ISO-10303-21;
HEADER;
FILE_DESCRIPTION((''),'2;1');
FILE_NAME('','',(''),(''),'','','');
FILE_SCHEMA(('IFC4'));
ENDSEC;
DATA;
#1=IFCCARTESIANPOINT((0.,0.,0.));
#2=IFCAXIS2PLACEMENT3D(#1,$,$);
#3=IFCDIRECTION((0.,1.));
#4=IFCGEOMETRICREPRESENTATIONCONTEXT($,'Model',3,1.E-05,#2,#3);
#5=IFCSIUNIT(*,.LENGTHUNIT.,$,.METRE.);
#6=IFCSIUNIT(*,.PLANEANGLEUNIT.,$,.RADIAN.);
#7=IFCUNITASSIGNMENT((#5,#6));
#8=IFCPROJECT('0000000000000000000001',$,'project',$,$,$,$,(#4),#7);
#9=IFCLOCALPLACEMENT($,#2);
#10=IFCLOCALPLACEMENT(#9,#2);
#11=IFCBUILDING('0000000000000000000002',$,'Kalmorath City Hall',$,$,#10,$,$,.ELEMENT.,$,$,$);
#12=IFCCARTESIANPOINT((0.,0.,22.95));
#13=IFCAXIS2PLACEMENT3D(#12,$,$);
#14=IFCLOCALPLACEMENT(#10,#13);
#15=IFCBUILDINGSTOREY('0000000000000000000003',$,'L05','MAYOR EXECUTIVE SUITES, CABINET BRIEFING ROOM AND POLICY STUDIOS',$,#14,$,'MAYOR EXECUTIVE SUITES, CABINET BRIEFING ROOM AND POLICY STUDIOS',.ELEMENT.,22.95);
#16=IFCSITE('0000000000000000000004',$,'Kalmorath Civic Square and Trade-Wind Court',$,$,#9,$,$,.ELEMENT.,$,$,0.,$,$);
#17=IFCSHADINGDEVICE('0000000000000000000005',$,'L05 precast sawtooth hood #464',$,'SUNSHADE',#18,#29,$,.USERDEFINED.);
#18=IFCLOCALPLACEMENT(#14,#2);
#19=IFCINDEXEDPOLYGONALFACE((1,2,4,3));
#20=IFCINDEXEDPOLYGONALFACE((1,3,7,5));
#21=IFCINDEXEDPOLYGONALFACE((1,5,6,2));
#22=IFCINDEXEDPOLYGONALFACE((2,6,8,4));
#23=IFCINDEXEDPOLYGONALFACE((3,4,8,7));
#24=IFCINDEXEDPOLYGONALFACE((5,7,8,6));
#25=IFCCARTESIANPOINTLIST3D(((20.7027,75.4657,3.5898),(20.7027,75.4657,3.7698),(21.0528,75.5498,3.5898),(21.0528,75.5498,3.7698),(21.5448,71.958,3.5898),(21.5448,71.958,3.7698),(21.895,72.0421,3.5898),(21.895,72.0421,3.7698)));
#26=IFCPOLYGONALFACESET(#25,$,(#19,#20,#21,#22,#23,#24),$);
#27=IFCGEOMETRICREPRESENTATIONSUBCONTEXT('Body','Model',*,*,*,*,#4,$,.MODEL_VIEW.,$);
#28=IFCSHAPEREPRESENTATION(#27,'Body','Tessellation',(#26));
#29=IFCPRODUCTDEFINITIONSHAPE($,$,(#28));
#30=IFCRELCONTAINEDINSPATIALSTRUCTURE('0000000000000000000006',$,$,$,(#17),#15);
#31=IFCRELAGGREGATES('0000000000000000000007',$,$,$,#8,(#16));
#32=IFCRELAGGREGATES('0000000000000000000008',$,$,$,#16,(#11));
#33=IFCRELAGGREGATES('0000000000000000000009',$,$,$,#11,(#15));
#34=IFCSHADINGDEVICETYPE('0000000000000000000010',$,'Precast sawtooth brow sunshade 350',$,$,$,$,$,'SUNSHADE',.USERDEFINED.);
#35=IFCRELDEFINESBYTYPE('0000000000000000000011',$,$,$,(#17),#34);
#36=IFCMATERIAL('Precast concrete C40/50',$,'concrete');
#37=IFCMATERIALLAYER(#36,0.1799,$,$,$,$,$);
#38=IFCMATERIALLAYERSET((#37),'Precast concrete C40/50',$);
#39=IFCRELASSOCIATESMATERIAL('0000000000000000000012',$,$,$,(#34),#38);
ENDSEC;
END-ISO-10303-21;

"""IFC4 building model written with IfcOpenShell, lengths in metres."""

from ifc_helpers import new_model, si_unit, direction, frame, origin, origin_2d, place, context, subcontext, project, spatial, rectangle, extrude, material, layer, layer_set, type_object, element, save


model = new_model("IFC4")

# Units and contexts
model_context = context("Model", 3, precision=1e-05, world=origin(), true_north=direction((0.0, 1.0)))
body_context = subcontext(model_context, "Body", "Model", "MODEL_VIEW")
ifc_project = project(units=[si_unit("LENGTHUNIT", "METRE"), si_unit("PLANEANGLEUNIT", "RADIAN")], contexts=[model_context])

# Site, building, storey
site_placement = place(None, origin())
site = spatial("IfcSite", under=ifc_project, at=site_placement, Name="Kalmorath Civic Square and Trade-Wind Court", CompositionType="ELEMENT", RefElevation=0.0)
building_placement = place(site_placement, origin())
building = spatial("IfcBuilding", under=site, at=building_placement, Name="Kalmorath City Hall", CompositionType="ELEMENT")
storey_placement = place(building_placement, frame((0.0, 0.0, 22.95)))
storey = spatial("IfcBuildingStorey", under=building, at=storey_placement, Name="L05", Description="MAYOR EXECUTIVE SUITES, CABINET BRIEFING ROOM AND POLICY STUDIOS", LongName="MAYOR EXECUTIVE SUITES, CABINET BRIEFING ROOM AND POLICY STUDIOS", CompositionType="ELEMENT", Elevation=22.95)

# Shading device
ifc_material_1 = material(Name="Precast concrete C40/50", Category="concrete")
ifc_layer_1 = layer(ifc_material_1, 0.1799)
ifc_layer_set_1 = layer_set([ifc_layer_1], Name="Precast concrete C40/50")
shading_device_type = type_object("IfcShadingDeviceType", Name="Precast sawtooth brow sunshade 350", ElementType="SUNSHADE", PredefinedType="USERDEFINED", material=ifc_layer_set_1)
for number, where, z_axis, x_axis, name in (
    (1, (21.2988, 73.7539, 3.5898), (0.0, 0.0, 1.0), (0.233445, -0.97237, 0.0), "L05 precast sawtooth hood #464"),
):
    element("IfcShadingDevice", number, at=place(storey_placement, frame(where, z_axis=z_axis, x_axis=x_axis)), inside=storey, type_object=shading_device_type, Name=name, ObjectType="SUNSHADE", PredefinedType="USERDEFINED", context=body_context, shape_type="SweptSolid", body=[
        extrude(rectangle(XDim=3.6074, YDim=0.3601, at=origin_2d()), origin(), (0.0, 0.0, 1.0), 0.1799),
    ])

save(model, "model.ifc")
